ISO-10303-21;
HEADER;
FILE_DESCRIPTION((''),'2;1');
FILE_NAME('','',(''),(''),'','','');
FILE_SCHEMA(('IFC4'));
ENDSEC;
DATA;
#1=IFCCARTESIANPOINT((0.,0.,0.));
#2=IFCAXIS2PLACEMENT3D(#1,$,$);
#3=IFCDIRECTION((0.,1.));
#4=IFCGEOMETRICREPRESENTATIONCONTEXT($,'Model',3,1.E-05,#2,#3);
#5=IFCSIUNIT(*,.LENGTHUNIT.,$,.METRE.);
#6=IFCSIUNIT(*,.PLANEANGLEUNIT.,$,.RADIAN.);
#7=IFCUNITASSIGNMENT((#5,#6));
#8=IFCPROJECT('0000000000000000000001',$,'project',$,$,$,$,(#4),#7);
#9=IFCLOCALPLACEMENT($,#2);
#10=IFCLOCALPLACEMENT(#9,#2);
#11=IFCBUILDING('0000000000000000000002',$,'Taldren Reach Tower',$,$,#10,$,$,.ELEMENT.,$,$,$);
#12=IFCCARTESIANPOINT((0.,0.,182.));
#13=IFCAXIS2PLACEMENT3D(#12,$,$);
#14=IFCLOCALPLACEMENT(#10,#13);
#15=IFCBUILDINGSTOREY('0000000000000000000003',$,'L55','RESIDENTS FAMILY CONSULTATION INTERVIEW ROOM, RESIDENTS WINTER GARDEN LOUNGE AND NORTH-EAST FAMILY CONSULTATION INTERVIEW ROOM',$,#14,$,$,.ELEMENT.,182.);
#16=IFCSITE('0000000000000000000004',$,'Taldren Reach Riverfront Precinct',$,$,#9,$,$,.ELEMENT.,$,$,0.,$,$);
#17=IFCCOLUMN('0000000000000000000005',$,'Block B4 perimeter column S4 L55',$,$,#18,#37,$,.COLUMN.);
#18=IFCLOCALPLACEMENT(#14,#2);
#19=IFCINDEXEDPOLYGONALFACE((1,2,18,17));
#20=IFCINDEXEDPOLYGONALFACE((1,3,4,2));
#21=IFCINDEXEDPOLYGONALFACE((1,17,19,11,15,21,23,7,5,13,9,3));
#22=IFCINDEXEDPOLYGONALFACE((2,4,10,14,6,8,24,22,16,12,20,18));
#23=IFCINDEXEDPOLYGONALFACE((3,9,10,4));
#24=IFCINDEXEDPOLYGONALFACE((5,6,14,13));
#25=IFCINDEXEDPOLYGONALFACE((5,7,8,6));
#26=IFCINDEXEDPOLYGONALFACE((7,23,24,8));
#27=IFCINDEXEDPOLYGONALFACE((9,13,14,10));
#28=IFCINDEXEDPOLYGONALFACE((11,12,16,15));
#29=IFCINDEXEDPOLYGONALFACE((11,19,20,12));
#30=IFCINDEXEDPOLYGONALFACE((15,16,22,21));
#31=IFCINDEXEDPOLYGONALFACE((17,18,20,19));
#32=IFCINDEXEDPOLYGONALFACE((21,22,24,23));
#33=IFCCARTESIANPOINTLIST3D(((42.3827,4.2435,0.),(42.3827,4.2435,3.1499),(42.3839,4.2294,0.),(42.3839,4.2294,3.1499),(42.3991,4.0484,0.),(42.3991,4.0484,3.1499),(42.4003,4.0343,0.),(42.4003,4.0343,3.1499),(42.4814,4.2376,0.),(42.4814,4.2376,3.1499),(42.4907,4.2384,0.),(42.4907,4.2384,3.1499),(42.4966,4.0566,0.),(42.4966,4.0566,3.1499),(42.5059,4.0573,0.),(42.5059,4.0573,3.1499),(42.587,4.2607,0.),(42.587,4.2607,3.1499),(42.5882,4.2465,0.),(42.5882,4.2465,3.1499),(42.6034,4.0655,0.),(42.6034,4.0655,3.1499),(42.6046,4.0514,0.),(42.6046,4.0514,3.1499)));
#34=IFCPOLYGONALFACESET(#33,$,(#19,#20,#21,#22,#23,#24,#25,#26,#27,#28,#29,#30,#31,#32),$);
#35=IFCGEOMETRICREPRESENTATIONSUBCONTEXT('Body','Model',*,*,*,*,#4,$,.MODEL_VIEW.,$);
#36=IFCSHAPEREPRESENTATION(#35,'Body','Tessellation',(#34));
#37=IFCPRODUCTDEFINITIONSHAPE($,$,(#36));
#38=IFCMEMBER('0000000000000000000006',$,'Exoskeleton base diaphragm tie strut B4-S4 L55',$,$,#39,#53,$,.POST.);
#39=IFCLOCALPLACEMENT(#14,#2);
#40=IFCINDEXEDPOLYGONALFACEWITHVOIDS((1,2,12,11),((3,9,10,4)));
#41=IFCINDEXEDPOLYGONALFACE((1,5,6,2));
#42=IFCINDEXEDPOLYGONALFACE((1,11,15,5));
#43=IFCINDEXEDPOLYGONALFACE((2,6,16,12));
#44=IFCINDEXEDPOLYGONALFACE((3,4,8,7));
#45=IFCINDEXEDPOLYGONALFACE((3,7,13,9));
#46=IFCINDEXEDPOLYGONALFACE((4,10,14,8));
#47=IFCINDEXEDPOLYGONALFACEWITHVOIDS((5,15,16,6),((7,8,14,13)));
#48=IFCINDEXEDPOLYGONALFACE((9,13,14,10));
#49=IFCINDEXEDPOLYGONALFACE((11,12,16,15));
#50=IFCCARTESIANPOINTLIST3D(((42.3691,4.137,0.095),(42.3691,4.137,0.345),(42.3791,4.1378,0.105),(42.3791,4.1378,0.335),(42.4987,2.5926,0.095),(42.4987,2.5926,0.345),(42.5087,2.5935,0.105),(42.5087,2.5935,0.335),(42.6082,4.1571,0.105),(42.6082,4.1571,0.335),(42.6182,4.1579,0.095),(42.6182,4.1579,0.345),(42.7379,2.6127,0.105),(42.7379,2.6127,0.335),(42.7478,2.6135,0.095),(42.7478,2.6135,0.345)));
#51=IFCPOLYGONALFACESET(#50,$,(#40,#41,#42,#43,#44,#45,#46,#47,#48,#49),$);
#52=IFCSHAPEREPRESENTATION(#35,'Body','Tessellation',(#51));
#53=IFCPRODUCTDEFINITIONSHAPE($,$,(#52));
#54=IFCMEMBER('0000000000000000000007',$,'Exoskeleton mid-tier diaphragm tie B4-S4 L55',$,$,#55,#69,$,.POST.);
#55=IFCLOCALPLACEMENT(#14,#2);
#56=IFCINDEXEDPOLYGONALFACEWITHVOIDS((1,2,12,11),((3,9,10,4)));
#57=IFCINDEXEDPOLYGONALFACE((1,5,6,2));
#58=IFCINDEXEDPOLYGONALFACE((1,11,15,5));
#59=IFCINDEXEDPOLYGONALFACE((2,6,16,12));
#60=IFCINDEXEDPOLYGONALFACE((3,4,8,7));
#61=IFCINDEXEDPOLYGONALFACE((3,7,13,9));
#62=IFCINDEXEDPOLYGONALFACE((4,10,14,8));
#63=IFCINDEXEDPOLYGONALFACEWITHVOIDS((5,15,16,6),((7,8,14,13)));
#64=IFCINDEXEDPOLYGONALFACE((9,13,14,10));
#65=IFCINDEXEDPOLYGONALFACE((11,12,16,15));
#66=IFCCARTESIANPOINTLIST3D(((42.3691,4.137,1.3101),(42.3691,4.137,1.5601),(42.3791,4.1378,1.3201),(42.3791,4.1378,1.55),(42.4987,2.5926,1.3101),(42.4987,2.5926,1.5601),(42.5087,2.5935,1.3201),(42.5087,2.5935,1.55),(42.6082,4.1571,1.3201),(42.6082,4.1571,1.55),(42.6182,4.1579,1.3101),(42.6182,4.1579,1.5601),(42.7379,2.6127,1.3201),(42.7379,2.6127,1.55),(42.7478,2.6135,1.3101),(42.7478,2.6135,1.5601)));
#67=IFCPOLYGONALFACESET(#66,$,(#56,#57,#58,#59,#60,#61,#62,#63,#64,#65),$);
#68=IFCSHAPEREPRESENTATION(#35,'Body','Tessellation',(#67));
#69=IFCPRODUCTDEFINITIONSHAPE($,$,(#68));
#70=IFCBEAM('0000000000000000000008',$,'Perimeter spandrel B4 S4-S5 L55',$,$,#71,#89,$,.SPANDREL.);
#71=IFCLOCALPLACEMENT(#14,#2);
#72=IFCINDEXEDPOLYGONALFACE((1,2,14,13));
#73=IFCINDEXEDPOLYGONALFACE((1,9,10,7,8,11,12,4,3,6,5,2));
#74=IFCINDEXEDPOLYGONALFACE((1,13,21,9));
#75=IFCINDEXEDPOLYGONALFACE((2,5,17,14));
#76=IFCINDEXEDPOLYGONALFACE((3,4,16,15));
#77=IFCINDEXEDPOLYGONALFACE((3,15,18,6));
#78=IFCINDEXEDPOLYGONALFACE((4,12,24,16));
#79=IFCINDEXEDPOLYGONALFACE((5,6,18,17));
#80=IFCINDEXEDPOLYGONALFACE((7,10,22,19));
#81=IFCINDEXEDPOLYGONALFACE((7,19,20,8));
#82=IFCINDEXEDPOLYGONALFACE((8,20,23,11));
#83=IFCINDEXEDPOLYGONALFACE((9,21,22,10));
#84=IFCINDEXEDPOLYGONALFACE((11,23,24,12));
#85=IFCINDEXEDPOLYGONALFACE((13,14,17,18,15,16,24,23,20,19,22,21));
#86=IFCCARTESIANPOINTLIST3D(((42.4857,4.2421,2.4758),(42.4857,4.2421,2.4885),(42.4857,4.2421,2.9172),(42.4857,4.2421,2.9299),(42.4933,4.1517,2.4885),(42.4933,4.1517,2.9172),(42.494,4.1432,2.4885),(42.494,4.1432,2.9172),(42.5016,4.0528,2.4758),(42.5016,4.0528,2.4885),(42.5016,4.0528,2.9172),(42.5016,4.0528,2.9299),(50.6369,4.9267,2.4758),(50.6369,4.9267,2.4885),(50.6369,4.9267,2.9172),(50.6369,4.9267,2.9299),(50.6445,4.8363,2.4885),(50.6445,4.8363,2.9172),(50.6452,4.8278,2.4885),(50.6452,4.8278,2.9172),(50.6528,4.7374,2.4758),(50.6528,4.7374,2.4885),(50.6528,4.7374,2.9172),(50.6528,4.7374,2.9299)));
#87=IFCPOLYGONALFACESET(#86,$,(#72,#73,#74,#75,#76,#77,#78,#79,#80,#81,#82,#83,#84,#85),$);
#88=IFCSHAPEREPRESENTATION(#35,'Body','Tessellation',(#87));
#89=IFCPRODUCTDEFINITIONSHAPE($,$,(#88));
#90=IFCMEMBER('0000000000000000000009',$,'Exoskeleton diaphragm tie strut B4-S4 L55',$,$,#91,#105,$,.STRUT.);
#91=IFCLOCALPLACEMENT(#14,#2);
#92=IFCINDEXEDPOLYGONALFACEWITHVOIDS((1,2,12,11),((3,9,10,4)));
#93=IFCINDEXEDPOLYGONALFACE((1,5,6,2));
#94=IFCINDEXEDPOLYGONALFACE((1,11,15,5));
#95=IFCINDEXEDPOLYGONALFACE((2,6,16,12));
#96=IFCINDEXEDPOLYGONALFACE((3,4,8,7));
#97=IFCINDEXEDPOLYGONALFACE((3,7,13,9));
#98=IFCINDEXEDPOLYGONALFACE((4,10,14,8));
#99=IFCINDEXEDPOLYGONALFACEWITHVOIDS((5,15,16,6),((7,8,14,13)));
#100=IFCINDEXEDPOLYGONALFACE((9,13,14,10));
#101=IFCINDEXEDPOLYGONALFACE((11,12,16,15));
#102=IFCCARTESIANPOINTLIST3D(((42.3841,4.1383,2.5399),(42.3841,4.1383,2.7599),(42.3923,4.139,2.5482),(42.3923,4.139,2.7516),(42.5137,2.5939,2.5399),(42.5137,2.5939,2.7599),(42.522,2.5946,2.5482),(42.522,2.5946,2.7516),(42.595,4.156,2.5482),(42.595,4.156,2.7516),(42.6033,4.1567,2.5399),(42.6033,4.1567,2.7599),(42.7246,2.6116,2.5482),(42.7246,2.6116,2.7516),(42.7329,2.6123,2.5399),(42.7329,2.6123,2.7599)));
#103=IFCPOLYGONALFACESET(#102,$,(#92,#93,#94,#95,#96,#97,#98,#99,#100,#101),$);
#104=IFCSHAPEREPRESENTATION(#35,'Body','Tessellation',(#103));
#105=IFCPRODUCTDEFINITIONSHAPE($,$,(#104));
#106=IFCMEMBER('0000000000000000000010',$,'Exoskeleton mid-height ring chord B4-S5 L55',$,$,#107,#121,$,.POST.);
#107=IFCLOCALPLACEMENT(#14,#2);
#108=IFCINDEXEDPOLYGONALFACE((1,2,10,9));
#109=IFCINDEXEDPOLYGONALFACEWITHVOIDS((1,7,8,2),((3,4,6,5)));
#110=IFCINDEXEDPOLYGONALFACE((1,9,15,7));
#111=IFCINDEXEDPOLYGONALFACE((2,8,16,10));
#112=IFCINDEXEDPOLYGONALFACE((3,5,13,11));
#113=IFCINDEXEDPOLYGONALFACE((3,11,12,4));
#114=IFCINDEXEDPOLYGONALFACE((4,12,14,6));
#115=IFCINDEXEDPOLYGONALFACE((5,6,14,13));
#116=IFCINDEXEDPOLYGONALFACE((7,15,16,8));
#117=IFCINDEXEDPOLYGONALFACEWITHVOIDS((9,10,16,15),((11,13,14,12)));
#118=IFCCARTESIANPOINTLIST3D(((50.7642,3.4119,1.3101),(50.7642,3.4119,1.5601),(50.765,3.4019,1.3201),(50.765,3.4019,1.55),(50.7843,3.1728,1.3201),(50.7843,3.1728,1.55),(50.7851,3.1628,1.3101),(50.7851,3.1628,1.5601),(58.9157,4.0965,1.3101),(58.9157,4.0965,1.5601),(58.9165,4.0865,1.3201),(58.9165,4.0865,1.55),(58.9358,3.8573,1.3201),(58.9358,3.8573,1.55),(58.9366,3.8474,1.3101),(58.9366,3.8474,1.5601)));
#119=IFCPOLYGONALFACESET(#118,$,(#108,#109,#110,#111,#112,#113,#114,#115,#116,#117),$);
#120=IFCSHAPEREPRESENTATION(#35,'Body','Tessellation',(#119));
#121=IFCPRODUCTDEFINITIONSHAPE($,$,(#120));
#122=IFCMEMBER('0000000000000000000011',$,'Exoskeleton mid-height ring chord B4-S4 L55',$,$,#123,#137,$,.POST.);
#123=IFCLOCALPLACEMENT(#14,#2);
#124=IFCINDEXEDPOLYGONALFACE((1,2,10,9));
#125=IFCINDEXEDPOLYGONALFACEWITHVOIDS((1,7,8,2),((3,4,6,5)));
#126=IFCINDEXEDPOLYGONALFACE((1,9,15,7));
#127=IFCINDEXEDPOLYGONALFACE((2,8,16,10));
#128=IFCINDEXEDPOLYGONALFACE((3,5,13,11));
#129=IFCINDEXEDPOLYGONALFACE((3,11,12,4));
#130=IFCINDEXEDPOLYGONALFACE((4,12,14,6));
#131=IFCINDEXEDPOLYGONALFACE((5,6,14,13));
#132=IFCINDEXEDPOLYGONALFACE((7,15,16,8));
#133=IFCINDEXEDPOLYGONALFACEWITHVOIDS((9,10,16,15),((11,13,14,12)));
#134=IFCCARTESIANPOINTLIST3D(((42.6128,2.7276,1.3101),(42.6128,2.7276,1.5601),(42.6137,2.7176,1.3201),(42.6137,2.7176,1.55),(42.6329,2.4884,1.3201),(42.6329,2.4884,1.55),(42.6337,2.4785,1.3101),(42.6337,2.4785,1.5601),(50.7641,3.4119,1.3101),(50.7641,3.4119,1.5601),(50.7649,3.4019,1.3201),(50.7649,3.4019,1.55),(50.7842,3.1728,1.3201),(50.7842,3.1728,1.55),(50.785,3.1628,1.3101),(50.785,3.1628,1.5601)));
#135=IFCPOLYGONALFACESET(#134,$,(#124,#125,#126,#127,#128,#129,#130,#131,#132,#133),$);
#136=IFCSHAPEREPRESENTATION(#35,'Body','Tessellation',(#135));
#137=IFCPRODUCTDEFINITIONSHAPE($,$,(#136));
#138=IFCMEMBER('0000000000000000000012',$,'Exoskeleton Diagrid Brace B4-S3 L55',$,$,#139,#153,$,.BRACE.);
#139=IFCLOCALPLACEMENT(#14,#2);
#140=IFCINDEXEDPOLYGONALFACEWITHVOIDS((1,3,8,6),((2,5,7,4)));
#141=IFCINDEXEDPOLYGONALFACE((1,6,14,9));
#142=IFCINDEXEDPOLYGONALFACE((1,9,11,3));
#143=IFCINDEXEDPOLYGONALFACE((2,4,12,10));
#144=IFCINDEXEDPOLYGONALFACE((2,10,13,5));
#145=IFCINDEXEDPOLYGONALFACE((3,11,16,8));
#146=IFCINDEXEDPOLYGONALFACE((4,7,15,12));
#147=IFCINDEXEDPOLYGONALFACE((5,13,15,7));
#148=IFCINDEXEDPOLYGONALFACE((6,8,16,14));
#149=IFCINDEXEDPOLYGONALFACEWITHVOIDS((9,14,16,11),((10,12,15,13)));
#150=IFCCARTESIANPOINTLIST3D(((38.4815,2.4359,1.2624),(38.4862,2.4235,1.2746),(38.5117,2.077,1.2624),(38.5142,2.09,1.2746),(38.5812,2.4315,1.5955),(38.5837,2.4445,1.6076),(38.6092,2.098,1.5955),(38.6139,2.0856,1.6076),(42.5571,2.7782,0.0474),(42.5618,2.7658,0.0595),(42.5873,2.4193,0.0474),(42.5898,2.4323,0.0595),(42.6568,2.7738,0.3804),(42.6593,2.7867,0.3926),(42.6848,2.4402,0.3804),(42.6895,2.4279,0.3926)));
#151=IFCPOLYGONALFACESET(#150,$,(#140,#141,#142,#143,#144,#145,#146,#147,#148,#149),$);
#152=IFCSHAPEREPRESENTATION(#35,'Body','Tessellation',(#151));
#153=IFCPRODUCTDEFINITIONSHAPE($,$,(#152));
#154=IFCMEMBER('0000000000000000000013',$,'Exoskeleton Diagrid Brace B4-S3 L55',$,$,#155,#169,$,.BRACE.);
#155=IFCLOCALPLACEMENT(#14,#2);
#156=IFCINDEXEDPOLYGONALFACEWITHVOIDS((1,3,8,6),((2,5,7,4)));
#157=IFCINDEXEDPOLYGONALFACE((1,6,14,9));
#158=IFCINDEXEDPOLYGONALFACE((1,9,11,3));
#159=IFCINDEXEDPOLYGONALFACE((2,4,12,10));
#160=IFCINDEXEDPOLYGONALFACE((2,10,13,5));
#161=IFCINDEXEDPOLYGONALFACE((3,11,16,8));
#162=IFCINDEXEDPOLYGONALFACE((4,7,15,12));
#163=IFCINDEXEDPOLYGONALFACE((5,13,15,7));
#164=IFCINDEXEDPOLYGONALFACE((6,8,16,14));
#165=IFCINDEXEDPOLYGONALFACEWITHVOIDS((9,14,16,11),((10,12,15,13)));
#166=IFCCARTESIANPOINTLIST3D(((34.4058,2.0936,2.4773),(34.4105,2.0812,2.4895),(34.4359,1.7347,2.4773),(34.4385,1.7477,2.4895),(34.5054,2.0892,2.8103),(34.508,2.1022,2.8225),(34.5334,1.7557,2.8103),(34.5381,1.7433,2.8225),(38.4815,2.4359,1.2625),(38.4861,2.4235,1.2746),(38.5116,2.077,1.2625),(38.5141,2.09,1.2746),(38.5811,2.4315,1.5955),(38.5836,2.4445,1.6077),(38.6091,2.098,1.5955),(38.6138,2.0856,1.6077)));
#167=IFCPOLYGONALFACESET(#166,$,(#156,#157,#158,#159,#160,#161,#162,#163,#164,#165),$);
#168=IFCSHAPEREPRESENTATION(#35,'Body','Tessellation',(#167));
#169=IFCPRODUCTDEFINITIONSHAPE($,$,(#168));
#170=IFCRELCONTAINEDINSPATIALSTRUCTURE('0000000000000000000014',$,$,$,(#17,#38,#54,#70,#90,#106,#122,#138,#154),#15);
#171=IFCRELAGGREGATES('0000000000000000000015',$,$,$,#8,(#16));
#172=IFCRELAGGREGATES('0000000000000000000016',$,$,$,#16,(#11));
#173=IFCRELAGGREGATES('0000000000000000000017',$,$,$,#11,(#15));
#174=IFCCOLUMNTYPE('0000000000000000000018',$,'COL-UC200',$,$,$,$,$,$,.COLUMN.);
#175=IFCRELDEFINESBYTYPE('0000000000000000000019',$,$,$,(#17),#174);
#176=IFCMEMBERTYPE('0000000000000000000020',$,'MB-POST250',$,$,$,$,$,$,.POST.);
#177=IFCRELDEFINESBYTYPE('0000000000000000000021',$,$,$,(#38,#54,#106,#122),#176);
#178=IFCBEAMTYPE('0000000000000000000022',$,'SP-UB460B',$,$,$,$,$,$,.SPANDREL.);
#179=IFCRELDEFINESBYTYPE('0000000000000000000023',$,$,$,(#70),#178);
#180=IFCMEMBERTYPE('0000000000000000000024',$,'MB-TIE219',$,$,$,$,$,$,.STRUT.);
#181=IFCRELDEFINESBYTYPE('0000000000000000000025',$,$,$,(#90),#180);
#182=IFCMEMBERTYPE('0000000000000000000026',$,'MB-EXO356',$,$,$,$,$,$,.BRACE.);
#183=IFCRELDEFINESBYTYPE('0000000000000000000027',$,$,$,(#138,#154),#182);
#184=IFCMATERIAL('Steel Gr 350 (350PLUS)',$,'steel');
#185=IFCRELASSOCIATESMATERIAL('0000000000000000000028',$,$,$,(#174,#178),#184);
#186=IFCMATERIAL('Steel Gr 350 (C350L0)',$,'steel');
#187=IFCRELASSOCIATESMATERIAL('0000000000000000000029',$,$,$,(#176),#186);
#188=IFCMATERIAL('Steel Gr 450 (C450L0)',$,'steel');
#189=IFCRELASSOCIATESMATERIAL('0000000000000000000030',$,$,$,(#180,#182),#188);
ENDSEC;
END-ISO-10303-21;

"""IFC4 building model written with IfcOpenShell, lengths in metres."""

from ifc_helpers import new_model, si_unit, direction, frame, origin, origin_2d, place, context, subcontext, project, spatial, hollow_rectangle, i_section, extrude, source, transform, mapped, material, material_profile, profile_set, type_object, element, save


model = new_model("IFC4")

# Units and contexts
model_context = context("Model", 3, precision=1e-05, world=origin(), true_north=direction((0.0, 1.0)))
body_context = subcontext(model_context, "Body", "Model", "MODEL_VIEW")
ifc_project = project(units=[si_unit("LENGTHUNIT", "METRE"), si_unit("PLANEANGLEUNIT", "RADIAN")], contexts=[model_context])

# Site, building, storey
site_placement = place(None, origin())
site = spatial("IfcSite", under=ifc_project, at=site_placement, Name="Taldren Reach Riverfront Precinct", CompositionType="ELEMENT", RefElevation=0.0)
building_placement = place(site_placement, origin())
building = spatial("IfcBuilding", under=site, at=building_placement, Name="Taldren Reach Tower", CompositionType="ELEMENT")
storey_placement = place(building_placement, frame((0.0, 0.0, 182.0)))
storey = spatial("IfcBuildingStorey", under=building, at=storey_placement, Name="L55", Description="RESIDENTS FAMILY CONSULTATION INTERVIEW ROOM, RESIDENTS WINTER GARDEN LOUNGE AND NORTH-EAST FAMILY CONSULTATION INTERVIEW ROOM", CompositionType="ELEMENT", Elevation=182.0)

# Column
ifc_material_1 = material(Name="Steel Gr 350 (350PLUS)", Category="steel")
ifc_material_profile_1 = material_profile(ifc_material_1, i_section(OverallWidth=0.2051, OverallDepth=0.21, WebThickness=0.0093, FlangeThickness=0.0142, at=origin_2d()), Name="200UC59.5")
ifc_profile_set_1 = profile_set([ifc_material_profile_1], Name="Steel Gr 350 (350PLUS)")
column_type = type_object("IfcColumnType", Name="COL-UC200", PredefinedType="COLUMN", material=ifc_profile_set_1)
shared_shape_1 = source(origin(), body_context, "Body", "SweptSolid", [
    extrude(i_section(OverallWidth=0.2051, OverallDepth=0.21, WebThickness=0.0093, FlangeThickness=0.0142, at=origin_2d()), origin(), (0.0, 0.0, 1.0), 3.1499),
])
column_placement = place(storey_placement, frame((42.4937, 4.1475, 0.0), z_axis=(0.0, 0.0, 1.0), x_axis=(0.996493, 0.083678, 0.0)))
element("IfcColumn", 1, at=column_placement, inside=storey, type_object=column_type, Name="Block B4 perimeter column S4 L55", PredefinedType="COLUMN", context=body_context, shape_type="MappedRepresentation", body=[
    mapped(shared_shape_1, transform((0.0, 0.0, 0.0), scale=1.0)),
])

# Members
ifc_material_2 = material(Name="Steel Gr 350 (C350L0)", Category="steel")
ifc_material_profile_2 = material_profile(ifc_material_2, hollow_rectangle(XDim=0.25, YDim=0.25, WallThickness=0.01, at=origin_2d()), Name="250x250x10.0SHS")
ifc_profile_set_2 = profile_set([ifc_material_profile_2], Name="Steel Gr 350 (C350L0)")
member_type_1 = type_object("IfcMemberType", Name="MB-POST250", PredefinedType="POST", material=ifc_profile_set_2)
shared_shape_2 = source(origin(), body_context, "Body", "SweptSolid", [
    extrude(hollow_rectangle(XDim=0.25, YDim=0.25, WallThickness=0.01, at=origin_2d()), origin(), (0.0, 0.0, 1.0), 1.5498),
])
for number, where, z_axis, x_axis, name in (
    (2, (42.4937, 4.1475, 0.22), (0.083645, -0.996496, 0.0), (0.996496, 0.083645, 0.0), "Exoskeleton base diaphragm tie strut B4-S4 L55"),
    (3, (42.4937, 4.1475, 1.4351), (0.083645, -0.996496, 0.0), (0.996496, 0.083645, 0.0), "Exoskeleton mid-tier diaphragm tie B4-S4 L55"),
):
    element("IfcMember", number, at=place(storey_placement, frame(where, z_axis=z_axis, x_axis=x_axis)), inside=storey, type_object=member_type_1, Name=name, PredefinedType="POST", context=body_context, shape_type="MappedRepresentation", body=[
        mapped(shared_shape_2, transform((0.0, 0.0, 0.0), scale=1.0)),
    ])

# Beam
ifc_material_profile_3 = material_profile(ifc_material_1, i_section(OverallWidth=0.1899, OverallDepth=0.4541, WebThickness=0.0085, FlangeThickness=0.0127, at=origin_2d()), Name="460UB67.1")
ifc_profile_set_3 = profile_set([ifc_material_profile_3], Name="Steel Gr 350 (350PLUS)")
beam_type = type_object("IfcBeamType", Name="SP-UB460B", PredefinedType="SPANDREL", material=ifc_profile_set_3)
shared_shape_3 = source(origin(), body_context, "Body", "SweptSolid", [
    extrude(i_section(OverallWidth=0.1899, OverallDepth=0.4541, WebThickness=0.0085, FlangeThickness=0.0127, at=origin_2d()), origin(), (0.0, 0.0, 1.0), 8.1799),
])
beam_placement = place(storey_placement, frame((42.4937, 4.1475, 2.7029), z_axis=(0.996492, 0.08369, 0.0), x_axis=(-0.08369, 0.996492, 0.0)))
element("IfcBeam", 4, at=beam_placement, inside=storey, type_object=beam_type, Name="Perimeter spandrel B4 S4-S5 L55", PredefinedType="SPANDREL", context=body_context, shape_type="MappedRepresentation", body=[
    mapped(shared_shape_3, transform((0.0, 0.0, 0.0), scale=1.0)),
])

# Members
ifc_material_3 = material(Name="Steel Gr 450 (C450L0)", Category="steel")
ifc_material_profile_4 = material_profile(ifc_material_3, hollow_rectangle(XDim=0.22, YDim=0.22, WallThickness=0.0083, at=origin_2d()), Name="220x220x8.2SHS")
ifc_profile_set_4 = profile_set([ifc_material_profile_4], Name="Steel Gr 450 (C450L0)")
member_type_2 = type_object("IfcMemberType", Name="MB-TIE219", PredefinedType="STRUT", material=ifc_profile_set_4)
shared_shape_4 = source(origin(), body_context, "Body", "SweptSolid", [
    extrude(hollow_rectangle(XDim=0.22, YDim=0.22, WallThickness=0.0083, at=origin_2d()), origin(), (0.0, 0.0, 1.0), 1.5498),
])
member_1_placement = place(storey_placement, frame((42.4937, 4.1475, 2.6499), z_axis=(0.083645, -0.996496, 0.0), x_axis=(0.996496, 0.083645, 0.0)))
element("IfcMember", 5, at=member_1_placement, inside=storey, type_object=member_type_2, Name="Exoskeleton diaphragm tie strut B4-S4 L55", PredefinedType="STRUT", context=body_context, shape_type="MappedRepresentation", body=[
    mapped(shared_shape_4, transform((0.0, 0.0, 0.0), scale=1.0)),
])
shared_shape_5 = source(origin(), body_context, "Body", "SweptSolid", [
    extrude(hollow_rectangle(XDim=0.25, YDim=0.25, WallThickness=0.01, at=origin_2d()), origin(), (0.0, 0.0, 1.0), 8.1802),
])
member_2_placement = place(storey_placement, frame((50.7747, 3.2874, 1.4351), z_axis=(0.996492, 0.083688, 0.0), x_axis=(-0.083688, 0.996492, 0.0)))
element("IfcMember", 6, at=member_2_placement, inside=storey, type_object=member_type_1, Name="Exoskeleton mid-height ring chord B4-S5 L55", PredefinedType="POST", context=body_context, shape_type="MappedRepresentation", body=[
    mapped(shared_shape_5, transform((0.0, 0.0, 0.0), scale=1.0)),
])
shared_shape_6 = source(origin(), body_context, "Body", "SweptSolid", [
    extrude(hollow_rectangle(XDim=0.25, YDim=0.25, WallThickness=0.01, at=origin_2d()), origin(), (0.0, 0.0, 1.0), 8.1799),
])
member_3_placement = place(storey_placement, frame((42.6233, 2.603, 1.4351), z_axis=(0.996495, 0.083658, 0.0), x_axis=(-0.083658, 0.996495, 0.0)))
element("IfcMember", 7, at=member_3_placement, inside=storey, type_object=member_type_1, Name="Exoskeleton mid-height ring chord B4-S4 L55", PredefinedType="POST", context=body_context, shape_type="MappedRepresentation", body=[
    mapped(shared_shape_6, transform((0.0, 0.0, 0.0), scale=1.0)),
])
ifc_material_profile_5 = material_profile(ifc_material_3, hollow_rectangle(XDim=0.3601, YDim=0.3601, WallThickness=0.0127, at=origin_2d()), Name="360x360x12.7SHS")
ifc_profile_set_5 = profile_set([ifc_material_profile_5], Name="Steel Gr 450 (C450L0)")
member_type_3 = type_object("IfcMemberType", Name="MB-EXO356", PredefinedType="BRACE", material=ifc_profile_set_5)
shared_shape_7 = source(origin(), body_context, "Body", "SweptSolid", [
    extrude(hollow_rectangle(XDim=0.3601, YDim=0.3601, WallThickness=0.0127, at=origin_2d()), origin(), (0.0, 0.0, 1.0), 4.2666),
])
for number, where, z_axis, x_axis, name in (
    (8, (42.6233, 2.603, 0.22), (-0.955229, -0.080222, 0.284783), (0.083688, -0.996492, 0.0), "Exoskeleton Diagrid Brace B4-S3 L55"),
    (9, (38.5476, 2.2607, 1.4351), (-0.955245, -0.080224, 0.284731), (0.083688, -0.996492, 0.0), "Exoskeleton Diagrid Brace B4-S3 L55"),
):
    element("IfcMember", number, at=place(storey_placement, frame(where, z_axis=z_axis, x_axis=x_axis)), inside=storey, type_object=member_type_3, Name=name, PredefinedType="BRACE", context=body_context, shape_type="MappedRepresentation", body=[
        mapped(shared_shape_7, transform((0.0, 0.0, 0.0), scale=1.0)),
    ])

save(model, "model.ifc")
